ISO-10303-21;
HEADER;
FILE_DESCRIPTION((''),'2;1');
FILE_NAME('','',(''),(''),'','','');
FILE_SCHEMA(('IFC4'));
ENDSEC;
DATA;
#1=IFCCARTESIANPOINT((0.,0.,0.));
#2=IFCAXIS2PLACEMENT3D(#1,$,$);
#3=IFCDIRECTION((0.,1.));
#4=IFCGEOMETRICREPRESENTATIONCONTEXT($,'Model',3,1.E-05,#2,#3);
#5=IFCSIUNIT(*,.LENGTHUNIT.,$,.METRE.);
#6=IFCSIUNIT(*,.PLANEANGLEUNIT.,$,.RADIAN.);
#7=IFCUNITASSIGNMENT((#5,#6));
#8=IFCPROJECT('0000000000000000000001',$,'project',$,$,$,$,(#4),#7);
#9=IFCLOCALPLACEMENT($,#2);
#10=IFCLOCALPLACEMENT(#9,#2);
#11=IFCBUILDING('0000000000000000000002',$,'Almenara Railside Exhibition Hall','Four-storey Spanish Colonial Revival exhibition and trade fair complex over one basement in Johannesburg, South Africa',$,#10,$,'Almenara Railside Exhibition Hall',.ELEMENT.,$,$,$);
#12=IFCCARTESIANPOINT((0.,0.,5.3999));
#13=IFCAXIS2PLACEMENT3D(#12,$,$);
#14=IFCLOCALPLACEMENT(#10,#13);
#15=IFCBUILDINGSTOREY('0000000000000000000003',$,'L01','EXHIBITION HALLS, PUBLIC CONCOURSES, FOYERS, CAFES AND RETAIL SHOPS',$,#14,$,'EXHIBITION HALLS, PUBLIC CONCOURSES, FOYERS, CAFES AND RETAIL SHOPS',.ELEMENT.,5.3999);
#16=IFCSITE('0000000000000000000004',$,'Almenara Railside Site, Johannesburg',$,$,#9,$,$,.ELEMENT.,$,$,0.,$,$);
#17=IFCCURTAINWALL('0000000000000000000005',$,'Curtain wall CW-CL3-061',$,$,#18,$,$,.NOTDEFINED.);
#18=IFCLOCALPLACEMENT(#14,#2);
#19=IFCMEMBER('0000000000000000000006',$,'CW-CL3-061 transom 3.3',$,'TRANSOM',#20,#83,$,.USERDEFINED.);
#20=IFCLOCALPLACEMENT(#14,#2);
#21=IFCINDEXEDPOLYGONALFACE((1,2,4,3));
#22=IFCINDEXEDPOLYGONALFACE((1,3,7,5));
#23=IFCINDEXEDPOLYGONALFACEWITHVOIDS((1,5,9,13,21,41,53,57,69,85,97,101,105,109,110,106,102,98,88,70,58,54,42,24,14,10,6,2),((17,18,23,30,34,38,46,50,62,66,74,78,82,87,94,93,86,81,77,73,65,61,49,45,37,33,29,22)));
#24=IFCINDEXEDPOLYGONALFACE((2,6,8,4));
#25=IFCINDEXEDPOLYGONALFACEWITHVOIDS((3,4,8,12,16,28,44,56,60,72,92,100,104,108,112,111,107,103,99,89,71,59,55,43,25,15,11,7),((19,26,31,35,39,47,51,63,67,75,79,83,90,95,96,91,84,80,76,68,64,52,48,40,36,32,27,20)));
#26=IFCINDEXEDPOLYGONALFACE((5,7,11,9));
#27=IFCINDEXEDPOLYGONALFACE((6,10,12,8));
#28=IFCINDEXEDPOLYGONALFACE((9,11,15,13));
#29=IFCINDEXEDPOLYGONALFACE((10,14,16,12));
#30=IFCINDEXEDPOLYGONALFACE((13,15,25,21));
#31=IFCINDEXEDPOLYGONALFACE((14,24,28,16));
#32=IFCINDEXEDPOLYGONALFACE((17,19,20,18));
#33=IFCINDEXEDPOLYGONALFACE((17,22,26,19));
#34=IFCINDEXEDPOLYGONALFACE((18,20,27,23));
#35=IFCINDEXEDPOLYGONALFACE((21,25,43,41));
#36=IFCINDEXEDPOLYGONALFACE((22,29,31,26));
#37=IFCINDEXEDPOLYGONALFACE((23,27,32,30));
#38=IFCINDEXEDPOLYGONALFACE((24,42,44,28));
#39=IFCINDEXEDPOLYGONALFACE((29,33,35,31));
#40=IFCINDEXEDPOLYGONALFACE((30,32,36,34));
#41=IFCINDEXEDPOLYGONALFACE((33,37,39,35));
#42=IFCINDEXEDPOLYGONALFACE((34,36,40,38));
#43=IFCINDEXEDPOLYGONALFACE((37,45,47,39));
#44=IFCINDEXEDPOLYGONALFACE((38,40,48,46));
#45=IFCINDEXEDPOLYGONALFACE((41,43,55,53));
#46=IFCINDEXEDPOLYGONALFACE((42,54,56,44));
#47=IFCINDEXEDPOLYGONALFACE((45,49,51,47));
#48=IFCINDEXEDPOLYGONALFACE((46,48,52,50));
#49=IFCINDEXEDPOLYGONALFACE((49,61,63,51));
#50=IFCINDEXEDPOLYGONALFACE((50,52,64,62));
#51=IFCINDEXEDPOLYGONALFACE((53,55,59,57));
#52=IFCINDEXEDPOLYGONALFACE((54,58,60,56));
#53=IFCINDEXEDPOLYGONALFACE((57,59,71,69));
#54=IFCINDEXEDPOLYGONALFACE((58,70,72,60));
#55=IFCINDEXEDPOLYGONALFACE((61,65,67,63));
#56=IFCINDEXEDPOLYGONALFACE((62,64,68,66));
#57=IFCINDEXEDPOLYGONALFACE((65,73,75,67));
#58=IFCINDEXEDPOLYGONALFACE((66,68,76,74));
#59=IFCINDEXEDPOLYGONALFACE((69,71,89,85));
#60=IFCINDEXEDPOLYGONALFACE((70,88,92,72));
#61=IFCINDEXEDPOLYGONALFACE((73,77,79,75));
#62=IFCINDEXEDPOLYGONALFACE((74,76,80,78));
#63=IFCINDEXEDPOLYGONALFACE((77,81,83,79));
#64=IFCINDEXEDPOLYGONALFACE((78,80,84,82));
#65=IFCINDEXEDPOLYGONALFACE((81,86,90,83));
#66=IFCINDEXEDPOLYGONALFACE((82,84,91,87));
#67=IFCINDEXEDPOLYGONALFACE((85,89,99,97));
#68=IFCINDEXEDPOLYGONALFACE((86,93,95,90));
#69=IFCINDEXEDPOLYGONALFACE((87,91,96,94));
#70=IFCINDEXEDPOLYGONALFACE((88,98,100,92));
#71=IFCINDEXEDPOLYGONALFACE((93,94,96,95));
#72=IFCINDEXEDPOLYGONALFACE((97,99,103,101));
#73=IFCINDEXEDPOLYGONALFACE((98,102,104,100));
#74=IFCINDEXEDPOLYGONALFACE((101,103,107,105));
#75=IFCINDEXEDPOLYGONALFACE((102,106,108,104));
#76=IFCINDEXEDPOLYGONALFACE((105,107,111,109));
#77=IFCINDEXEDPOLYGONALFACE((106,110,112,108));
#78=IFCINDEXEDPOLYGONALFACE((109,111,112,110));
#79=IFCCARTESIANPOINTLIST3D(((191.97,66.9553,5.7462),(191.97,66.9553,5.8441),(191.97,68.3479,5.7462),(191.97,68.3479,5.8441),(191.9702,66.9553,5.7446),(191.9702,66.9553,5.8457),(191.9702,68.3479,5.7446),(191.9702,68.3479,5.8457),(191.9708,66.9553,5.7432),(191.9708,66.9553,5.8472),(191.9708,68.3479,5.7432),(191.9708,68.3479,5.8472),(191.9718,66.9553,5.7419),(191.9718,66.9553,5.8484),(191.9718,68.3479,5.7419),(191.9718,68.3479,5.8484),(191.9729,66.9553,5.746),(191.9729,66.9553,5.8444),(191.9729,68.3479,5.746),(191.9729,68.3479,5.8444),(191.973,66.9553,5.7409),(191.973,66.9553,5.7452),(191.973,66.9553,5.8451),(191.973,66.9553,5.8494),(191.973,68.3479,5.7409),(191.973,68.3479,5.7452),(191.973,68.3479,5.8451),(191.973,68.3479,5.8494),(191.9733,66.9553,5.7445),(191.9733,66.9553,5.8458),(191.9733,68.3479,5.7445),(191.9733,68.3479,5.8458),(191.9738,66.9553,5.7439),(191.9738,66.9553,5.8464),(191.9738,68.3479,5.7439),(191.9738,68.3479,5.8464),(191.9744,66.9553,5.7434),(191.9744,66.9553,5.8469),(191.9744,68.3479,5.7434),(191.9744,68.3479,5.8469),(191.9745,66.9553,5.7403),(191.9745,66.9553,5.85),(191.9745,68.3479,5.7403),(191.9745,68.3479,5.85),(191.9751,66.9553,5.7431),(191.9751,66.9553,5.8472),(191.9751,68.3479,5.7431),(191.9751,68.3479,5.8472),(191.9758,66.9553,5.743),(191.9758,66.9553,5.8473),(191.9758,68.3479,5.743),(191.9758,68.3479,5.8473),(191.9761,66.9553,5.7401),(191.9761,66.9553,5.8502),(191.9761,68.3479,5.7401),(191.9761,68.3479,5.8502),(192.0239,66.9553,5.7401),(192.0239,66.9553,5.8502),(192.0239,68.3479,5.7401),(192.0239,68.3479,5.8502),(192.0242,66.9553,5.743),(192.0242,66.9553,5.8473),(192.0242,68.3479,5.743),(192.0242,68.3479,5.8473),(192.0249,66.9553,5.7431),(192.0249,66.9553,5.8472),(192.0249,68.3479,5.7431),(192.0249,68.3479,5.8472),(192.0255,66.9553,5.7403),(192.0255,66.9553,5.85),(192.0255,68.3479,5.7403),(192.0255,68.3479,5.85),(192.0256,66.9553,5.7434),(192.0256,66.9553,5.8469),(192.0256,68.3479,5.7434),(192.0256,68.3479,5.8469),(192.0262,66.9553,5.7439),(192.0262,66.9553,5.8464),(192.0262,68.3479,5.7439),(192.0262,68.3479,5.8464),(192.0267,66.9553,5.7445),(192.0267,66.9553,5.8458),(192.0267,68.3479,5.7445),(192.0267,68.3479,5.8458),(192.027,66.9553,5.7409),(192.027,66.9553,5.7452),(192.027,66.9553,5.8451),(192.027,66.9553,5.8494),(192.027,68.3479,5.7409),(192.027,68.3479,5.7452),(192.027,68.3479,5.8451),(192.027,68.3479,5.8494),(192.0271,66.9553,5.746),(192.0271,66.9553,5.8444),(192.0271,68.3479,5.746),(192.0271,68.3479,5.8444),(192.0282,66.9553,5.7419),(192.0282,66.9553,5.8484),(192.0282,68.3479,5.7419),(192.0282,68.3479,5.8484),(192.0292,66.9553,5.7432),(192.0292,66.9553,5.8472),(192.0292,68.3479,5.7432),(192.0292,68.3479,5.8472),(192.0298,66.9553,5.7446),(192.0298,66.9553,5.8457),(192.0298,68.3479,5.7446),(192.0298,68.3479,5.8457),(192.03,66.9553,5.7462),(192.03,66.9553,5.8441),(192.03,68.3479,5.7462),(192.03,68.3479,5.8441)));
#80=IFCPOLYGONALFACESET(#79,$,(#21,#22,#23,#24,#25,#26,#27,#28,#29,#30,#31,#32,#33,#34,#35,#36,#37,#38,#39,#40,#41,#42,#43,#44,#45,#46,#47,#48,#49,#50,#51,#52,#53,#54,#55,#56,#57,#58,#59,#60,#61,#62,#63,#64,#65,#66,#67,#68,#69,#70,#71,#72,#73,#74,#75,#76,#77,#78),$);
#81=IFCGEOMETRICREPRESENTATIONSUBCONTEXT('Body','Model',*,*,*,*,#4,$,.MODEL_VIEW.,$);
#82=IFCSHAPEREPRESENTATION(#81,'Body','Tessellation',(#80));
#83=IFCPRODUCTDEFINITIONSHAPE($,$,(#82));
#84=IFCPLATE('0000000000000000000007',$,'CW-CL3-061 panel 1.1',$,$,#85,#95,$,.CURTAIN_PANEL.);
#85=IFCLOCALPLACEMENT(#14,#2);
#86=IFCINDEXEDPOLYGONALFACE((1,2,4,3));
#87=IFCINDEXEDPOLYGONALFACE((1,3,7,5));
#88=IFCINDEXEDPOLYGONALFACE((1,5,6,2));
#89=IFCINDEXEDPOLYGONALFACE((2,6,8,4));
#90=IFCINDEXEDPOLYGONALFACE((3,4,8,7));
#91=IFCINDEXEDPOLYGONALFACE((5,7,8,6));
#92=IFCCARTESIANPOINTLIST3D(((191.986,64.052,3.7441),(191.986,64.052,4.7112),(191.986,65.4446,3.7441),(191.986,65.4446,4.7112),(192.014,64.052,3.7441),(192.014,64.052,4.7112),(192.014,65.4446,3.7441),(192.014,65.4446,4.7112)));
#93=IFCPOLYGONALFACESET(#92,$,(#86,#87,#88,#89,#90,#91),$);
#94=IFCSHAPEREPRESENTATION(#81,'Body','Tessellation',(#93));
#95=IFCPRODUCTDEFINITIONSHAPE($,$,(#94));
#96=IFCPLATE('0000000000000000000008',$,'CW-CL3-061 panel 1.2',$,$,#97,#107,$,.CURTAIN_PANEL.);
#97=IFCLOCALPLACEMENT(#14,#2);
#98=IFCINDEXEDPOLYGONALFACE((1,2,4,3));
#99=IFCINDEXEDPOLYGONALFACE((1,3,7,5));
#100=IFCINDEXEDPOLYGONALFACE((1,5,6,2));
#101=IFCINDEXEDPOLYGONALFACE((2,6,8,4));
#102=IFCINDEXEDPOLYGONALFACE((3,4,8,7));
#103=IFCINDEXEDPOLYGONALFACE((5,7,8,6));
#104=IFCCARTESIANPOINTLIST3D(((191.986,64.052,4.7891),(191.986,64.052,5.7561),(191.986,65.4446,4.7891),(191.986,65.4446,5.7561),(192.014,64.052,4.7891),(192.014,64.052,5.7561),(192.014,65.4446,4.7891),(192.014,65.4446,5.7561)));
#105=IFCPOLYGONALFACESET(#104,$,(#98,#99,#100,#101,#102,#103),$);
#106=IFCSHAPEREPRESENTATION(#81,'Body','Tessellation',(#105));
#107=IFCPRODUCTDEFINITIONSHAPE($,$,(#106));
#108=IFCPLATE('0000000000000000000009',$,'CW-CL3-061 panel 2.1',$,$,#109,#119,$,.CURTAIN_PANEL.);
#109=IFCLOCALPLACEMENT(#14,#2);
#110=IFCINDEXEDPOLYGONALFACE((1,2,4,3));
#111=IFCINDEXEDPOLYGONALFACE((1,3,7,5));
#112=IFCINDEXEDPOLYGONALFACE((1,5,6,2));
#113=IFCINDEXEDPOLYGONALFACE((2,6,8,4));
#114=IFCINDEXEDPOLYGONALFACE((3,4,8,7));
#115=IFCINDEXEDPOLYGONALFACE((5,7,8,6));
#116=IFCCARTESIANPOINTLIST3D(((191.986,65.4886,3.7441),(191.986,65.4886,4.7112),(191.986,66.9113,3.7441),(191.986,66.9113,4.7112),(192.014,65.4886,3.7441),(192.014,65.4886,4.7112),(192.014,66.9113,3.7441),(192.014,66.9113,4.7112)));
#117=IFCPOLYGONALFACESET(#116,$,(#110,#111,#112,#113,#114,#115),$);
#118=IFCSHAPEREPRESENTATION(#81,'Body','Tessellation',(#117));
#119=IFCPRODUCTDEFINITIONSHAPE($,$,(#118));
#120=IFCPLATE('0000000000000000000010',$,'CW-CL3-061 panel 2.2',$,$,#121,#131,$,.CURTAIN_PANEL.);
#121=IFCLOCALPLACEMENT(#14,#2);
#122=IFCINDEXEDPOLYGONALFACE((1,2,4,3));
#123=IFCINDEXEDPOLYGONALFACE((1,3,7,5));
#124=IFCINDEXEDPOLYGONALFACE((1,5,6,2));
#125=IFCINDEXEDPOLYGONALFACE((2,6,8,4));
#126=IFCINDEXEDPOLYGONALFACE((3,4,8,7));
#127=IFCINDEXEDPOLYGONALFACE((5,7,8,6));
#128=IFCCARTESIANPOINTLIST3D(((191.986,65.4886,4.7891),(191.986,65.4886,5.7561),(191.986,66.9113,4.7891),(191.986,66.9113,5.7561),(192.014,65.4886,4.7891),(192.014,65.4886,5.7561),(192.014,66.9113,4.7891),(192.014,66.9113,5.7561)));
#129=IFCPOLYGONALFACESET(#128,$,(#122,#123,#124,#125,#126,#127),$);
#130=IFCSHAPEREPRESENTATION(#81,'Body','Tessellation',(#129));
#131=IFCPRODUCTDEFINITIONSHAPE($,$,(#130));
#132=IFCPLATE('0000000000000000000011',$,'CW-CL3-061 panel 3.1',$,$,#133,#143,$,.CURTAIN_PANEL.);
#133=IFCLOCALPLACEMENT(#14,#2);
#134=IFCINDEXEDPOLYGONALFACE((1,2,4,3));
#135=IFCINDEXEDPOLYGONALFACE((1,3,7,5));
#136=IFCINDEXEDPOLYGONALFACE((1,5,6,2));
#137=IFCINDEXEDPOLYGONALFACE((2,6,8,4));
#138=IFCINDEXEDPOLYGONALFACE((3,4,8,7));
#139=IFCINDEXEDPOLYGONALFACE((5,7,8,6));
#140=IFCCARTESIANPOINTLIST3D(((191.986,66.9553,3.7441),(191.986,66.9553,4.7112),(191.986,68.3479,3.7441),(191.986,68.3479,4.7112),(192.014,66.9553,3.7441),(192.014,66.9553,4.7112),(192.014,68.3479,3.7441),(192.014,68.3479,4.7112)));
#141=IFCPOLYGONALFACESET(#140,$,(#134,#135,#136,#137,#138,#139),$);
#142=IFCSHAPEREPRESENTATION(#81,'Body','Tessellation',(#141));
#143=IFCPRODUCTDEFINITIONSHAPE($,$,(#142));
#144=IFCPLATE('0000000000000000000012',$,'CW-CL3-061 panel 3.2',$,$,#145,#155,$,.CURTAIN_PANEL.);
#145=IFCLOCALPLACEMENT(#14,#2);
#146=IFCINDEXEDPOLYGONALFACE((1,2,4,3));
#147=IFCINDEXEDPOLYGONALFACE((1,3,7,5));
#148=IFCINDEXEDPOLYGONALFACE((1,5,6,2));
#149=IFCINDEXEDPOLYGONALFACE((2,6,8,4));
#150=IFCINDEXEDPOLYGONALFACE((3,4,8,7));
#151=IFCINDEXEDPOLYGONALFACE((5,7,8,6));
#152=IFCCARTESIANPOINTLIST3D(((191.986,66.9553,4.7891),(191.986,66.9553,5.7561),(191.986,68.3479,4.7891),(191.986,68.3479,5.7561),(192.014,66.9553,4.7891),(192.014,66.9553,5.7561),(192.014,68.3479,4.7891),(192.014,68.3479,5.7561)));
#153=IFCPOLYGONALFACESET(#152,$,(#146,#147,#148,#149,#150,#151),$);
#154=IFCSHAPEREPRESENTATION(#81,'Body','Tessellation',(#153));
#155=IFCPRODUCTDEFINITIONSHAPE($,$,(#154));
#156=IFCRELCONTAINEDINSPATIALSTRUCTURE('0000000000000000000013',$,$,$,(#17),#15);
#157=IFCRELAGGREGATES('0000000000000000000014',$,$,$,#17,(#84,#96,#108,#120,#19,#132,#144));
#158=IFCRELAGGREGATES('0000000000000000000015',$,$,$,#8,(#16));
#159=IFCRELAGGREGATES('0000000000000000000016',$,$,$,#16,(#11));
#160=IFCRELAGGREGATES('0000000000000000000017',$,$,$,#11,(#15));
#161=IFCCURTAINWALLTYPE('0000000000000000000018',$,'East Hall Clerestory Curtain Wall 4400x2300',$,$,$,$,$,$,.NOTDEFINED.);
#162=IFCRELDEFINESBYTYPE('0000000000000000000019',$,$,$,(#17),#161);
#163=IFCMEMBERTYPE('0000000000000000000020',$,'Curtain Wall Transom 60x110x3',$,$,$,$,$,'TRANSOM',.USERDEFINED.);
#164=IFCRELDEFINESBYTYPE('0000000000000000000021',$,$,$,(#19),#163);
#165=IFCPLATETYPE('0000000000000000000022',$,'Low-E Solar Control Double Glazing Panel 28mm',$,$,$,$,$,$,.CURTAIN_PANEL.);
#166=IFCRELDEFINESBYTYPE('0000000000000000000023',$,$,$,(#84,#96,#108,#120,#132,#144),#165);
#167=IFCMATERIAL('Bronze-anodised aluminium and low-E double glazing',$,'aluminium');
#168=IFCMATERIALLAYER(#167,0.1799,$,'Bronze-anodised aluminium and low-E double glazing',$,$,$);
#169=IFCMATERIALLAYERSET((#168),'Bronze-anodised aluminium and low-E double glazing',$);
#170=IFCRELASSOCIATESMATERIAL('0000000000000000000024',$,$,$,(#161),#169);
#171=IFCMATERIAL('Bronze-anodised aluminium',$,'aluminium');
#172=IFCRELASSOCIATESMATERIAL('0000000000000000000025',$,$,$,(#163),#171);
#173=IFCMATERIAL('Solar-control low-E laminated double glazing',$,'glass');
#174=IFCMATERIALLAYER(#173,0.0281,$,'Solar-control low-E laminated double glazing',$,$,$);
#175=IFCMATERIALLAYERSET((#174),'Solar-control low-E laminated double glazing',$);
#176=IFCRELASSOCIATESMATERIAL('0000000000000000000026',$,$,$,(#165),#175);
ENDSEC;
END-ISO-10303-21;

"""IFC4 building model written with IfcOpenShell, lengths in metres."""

from ifc_helpers import new_model, si_unit, direction, frame, origin, origin_2d, place, context, subcontext, project, spatial, rectangle, hollow_rectangle, extrude, material, layer, layer_set, material_profile, profile_set, type_object, element, aggregate, save


model = new_model("IFC4")

# Units and contexts
model_context = context("Model", 3, precision=1e-05, world=origin(), true_north=direction((0.0, 1.0)))
body_context = subcontext(model_context, "Body", "Model", "MODEL_VIEW")
ifc_project = project(units=[si_unit("LENGTHUNIT", "METRE"), si_unit("PLANEANGLEUNIT", "RADIAN")], contexts=[model_context])

# Site, building, storey
site_placement = place(None, origin())
site = spatial("IfcSite", under=ifc_project, at=site_placement, Name="Almenara Railside Site, Johannesburg", CompositionType="ELEMENT", RefElevation=0.0)
building_placement = place(site_placement, origin())
building = spatial("IfcBuilding", under=site, at=building_placement, Name="Almenara Railside Exhibition Hall", Description="Four-storey Spanish Colonial Revival exhibition and trade fair complex over one basement in Johannesburg, South Africa", LongName="Almenara Railside Exhibition Hall", CompositionType="ELEMENT")
storey_placement = place(building_placement, frame((0.0, 0.0, 5.3999)))
storey = spatial("IfcBuildingStorey", under=building, at=storey_placement, Name="L01", Description="EXHIBITION HALLS, PUBLIC CONCOURSES, FOYERS, CAFES AND RETAIL SHOPS", LongName="EXHIBITION HALLS, PUBLIC CONCOURSES, FOYERS, CAFES AND RETAIL SHOPS", CompositionType="ELEMENT", Elevation=5.3999)

# Shared definitions
ifc_material_1 = material(Name="Bronze-anodised aluminium and low-E double glazing", Category="aluminium")
ifc_layer_1 = layer(ifc_material_1, 0.1799, Name="Bronze-anodised aluminium and low-E double glazing")
ifc_layer_set_1 = layer_set([ifc_layer_1], Name="Bronze-anodised aluminium and low-E double glazing")
curtain_wall_type = type_object("IfcCurtainWallType", Name="East Hall Clerestory Curtain Wall 4400x2300", PredefinedType="NOTDEFINED", material=ifc_layer_set_1)
ifc_material_2 = material(Name="Bronze-anodised aluminium", Category="aluminium")

# Curtain wall
curtain_wall_1_placement = place(storey_placement, origin())
curtain_wall_1 = element("IfcCurtainWall", 1, at=curtain_wall_1_placement, inside=storey, type_object=curtain_wall_type, Name="Curtain wall CW-CL3-061", PredefinedType="NOTDEFINED")

# Member
ifc_material_profile_1 = material_profile(ifc_material_2, hollow_rectangle(XDim=0.0601, YDim=0.1101, WallThickness=0.0029, InnerFilletRadius=0.0029, OuterFilletRadius=0.0061, at=origin_2d()), Name="ALU-TRN 60x110x3")
ifc_profile_set_1 = profile_set([ifc_material_profile_1], Name="Bronze-anodised aluminium")
member_type_1 = type_object("IfcMemberType", Name="Curtain Wall Transom 60x110x3", ElementType="TRANSOM", PredefinedType="USERDEFINED", material=ifc_profile_set_1)
member_1_placement = place(storey_placement, frame((192.0, 66.9553, 5.7952), z_axis=(0.0, 1.0, 0.0), x_axis=(-1.0, 0.0, 0.0)))
member_1 = element("IfcMember", 2, at=member_1_placement, type_object=member_type_1, Name="CW-CL3-061 transom 3.3", ObjectType="TRANSOM", PredefinedType="USERDEFINED", context=body_context, shape_type="SweptSolid", body=[
    extrude(hollow_rectangle(XDim=0.0601, YDim=0.1101, WallThickness=0.0029, InnerFilletRadius=0.0029, OuterFilletRadius=0.0061, at=origin_2d()), origin(), (0.0, 0.0, 1.0), 1.3926),
])

# Plates
ifc_material_3 = material(Name="Solar-control low-E laminated double glazing", Category="glass")
ifc_layer_2 = layer(ifc_material_3, 0.0281, Name="Solar-control low-E laminated double glazing")
ifc_layer_set_2 = layer_set([ifc_layer_2], Name="Solar-control low-E laminated double glazing")
plate_type = type_object("IfcPlateType", Name="Low-E Solar Control Double Glazing Panel 28mm", PredefinedType="CURTAIN_PANEL", material=ifc_layer_set_2)
plate_1_placement = place(storey_placement, frame((192.0, 64.7483, 3.7441), z_axis=(0.0, 0.0, 1.0), x_axis=(0.0, 1.0, 0.0)))
plate_1 = element("IfcPlate", 3, at=plate_1_placement, type_object=plate_type, Name="CW-CL3-061 panel 1.1", PredefinedType="CURTAIN_PANEL", context=body_context, shape_type="SweptSolid", body=[
    extrude(rectangle(XDim=1.3926, YDim=0.0281, at=origin_2d()), origin(), (0.0, 0.0, 1.0), 0.967),
])
plate_2_placement = place(storey_placement, frame((192.0, 64.7483, 4.7891), z_axis=(0.0, 0.0, 1.0), x_axis=(0.0, 1.0, 0.0)))
plate_2 = element("IfcPlate", 4, at=plate_2_placement, type_object=plate_type, Name="CW-CL3-061 panel 1.2", PredefinedType="CURTAIN_PANEL", context=body_context, shape_type="SweptSolid", body=[
    extrude(rectangle(XDim=1.3926, YDim=0.0281, at=origin_2d()), origin(), (0.0, 0.0, 1.0), 0.967),
])
plate_3_placement = place(storey_placement, frame((192.0, 66.2, 3.7441), z_axis=(0.0, 0.0, 1.0), x_axis=(0.0, 1.0, 0.0)))
plate_3 = element("IfcPlate", 5, at=plate_3_placement, type_object=plate_type, Name="CW-CL3-061 panel 2.1", PredefinedType="CURTAIN_PANEL", context=body_context, shape_type="SweptSolid", body=[
    extrude(rectangle(XDim=1.4226, YDim=0.0281, at=origin_2d()), origin(), (0.0, 0.0, 1.0), 0.967),
])
plate_4_placement = place(storey_placement, frame((192.0, 66.2, 4.7891), z_axis=(0.0, 0.0, 1.0), x_axis=(0.0, 1.0, 0.0)))
plate_4 = element("IfcPlate", 6, at=plate_4_placement, type_object=plate_type, Name="CW-CL3-061 panel 2.2", PredefinedType="CURTAIN_PANEL", context=body_context, shape_type="SweptSolid", body=[
    extrude(rectangle(XDim=1.4226, YDim=0.0281, at=origin_2d()), origin(), (0.0, 0.0, 1.0), 0.967),
])
plate_5_placement = place(storey_placement, frame((192.0, 67.6516, 3.7441), z_axis=(0.0, 0.0, 1.0), x_axis=(0.0, 1.0, 0.0)))
plate_5 = element("IfcPlate", 7, at=plate_5_placement, type_object=plate_type, Name="CW-CL3-061 panel 3.1", PredefinedType="CURTAIN_PANEL", context=body_context, shape_type="SweptSolid", body=[
    extrude(rectangle(XDim=1.3926, YDim=0.0281, at=origin_2d()), origin(), (0.0, 0.0, 1.0), 0.967),
])
plate_6_placement = place(storey_placement, frame((192.0, 67.6516, 4.7891), z_axis=(0.0, 0.0, 1.0), x_axis=(0.0, 1.0, 0.0)))
plate_6 = element("IfcPlate", 8, at=plate_6_placement, type_object=plate_type, Name="CW-CL3-061 panel 3.2", PredefinedType="CURTAIN_PANEL", context=body_context, shape_type="SweptSolid", body=[
    extrude(rectangle(XDim=1.3926, YDim=0.0281, at=origin_2d()), origin(), (0.0, 0.0, 1.0), 0.967),
])
aggregate(curtain_wall_1, [plate_1, plate_2, plate_3, plate_4, member_1, plate_5, plate_6])

save(model, "model.ifc")
